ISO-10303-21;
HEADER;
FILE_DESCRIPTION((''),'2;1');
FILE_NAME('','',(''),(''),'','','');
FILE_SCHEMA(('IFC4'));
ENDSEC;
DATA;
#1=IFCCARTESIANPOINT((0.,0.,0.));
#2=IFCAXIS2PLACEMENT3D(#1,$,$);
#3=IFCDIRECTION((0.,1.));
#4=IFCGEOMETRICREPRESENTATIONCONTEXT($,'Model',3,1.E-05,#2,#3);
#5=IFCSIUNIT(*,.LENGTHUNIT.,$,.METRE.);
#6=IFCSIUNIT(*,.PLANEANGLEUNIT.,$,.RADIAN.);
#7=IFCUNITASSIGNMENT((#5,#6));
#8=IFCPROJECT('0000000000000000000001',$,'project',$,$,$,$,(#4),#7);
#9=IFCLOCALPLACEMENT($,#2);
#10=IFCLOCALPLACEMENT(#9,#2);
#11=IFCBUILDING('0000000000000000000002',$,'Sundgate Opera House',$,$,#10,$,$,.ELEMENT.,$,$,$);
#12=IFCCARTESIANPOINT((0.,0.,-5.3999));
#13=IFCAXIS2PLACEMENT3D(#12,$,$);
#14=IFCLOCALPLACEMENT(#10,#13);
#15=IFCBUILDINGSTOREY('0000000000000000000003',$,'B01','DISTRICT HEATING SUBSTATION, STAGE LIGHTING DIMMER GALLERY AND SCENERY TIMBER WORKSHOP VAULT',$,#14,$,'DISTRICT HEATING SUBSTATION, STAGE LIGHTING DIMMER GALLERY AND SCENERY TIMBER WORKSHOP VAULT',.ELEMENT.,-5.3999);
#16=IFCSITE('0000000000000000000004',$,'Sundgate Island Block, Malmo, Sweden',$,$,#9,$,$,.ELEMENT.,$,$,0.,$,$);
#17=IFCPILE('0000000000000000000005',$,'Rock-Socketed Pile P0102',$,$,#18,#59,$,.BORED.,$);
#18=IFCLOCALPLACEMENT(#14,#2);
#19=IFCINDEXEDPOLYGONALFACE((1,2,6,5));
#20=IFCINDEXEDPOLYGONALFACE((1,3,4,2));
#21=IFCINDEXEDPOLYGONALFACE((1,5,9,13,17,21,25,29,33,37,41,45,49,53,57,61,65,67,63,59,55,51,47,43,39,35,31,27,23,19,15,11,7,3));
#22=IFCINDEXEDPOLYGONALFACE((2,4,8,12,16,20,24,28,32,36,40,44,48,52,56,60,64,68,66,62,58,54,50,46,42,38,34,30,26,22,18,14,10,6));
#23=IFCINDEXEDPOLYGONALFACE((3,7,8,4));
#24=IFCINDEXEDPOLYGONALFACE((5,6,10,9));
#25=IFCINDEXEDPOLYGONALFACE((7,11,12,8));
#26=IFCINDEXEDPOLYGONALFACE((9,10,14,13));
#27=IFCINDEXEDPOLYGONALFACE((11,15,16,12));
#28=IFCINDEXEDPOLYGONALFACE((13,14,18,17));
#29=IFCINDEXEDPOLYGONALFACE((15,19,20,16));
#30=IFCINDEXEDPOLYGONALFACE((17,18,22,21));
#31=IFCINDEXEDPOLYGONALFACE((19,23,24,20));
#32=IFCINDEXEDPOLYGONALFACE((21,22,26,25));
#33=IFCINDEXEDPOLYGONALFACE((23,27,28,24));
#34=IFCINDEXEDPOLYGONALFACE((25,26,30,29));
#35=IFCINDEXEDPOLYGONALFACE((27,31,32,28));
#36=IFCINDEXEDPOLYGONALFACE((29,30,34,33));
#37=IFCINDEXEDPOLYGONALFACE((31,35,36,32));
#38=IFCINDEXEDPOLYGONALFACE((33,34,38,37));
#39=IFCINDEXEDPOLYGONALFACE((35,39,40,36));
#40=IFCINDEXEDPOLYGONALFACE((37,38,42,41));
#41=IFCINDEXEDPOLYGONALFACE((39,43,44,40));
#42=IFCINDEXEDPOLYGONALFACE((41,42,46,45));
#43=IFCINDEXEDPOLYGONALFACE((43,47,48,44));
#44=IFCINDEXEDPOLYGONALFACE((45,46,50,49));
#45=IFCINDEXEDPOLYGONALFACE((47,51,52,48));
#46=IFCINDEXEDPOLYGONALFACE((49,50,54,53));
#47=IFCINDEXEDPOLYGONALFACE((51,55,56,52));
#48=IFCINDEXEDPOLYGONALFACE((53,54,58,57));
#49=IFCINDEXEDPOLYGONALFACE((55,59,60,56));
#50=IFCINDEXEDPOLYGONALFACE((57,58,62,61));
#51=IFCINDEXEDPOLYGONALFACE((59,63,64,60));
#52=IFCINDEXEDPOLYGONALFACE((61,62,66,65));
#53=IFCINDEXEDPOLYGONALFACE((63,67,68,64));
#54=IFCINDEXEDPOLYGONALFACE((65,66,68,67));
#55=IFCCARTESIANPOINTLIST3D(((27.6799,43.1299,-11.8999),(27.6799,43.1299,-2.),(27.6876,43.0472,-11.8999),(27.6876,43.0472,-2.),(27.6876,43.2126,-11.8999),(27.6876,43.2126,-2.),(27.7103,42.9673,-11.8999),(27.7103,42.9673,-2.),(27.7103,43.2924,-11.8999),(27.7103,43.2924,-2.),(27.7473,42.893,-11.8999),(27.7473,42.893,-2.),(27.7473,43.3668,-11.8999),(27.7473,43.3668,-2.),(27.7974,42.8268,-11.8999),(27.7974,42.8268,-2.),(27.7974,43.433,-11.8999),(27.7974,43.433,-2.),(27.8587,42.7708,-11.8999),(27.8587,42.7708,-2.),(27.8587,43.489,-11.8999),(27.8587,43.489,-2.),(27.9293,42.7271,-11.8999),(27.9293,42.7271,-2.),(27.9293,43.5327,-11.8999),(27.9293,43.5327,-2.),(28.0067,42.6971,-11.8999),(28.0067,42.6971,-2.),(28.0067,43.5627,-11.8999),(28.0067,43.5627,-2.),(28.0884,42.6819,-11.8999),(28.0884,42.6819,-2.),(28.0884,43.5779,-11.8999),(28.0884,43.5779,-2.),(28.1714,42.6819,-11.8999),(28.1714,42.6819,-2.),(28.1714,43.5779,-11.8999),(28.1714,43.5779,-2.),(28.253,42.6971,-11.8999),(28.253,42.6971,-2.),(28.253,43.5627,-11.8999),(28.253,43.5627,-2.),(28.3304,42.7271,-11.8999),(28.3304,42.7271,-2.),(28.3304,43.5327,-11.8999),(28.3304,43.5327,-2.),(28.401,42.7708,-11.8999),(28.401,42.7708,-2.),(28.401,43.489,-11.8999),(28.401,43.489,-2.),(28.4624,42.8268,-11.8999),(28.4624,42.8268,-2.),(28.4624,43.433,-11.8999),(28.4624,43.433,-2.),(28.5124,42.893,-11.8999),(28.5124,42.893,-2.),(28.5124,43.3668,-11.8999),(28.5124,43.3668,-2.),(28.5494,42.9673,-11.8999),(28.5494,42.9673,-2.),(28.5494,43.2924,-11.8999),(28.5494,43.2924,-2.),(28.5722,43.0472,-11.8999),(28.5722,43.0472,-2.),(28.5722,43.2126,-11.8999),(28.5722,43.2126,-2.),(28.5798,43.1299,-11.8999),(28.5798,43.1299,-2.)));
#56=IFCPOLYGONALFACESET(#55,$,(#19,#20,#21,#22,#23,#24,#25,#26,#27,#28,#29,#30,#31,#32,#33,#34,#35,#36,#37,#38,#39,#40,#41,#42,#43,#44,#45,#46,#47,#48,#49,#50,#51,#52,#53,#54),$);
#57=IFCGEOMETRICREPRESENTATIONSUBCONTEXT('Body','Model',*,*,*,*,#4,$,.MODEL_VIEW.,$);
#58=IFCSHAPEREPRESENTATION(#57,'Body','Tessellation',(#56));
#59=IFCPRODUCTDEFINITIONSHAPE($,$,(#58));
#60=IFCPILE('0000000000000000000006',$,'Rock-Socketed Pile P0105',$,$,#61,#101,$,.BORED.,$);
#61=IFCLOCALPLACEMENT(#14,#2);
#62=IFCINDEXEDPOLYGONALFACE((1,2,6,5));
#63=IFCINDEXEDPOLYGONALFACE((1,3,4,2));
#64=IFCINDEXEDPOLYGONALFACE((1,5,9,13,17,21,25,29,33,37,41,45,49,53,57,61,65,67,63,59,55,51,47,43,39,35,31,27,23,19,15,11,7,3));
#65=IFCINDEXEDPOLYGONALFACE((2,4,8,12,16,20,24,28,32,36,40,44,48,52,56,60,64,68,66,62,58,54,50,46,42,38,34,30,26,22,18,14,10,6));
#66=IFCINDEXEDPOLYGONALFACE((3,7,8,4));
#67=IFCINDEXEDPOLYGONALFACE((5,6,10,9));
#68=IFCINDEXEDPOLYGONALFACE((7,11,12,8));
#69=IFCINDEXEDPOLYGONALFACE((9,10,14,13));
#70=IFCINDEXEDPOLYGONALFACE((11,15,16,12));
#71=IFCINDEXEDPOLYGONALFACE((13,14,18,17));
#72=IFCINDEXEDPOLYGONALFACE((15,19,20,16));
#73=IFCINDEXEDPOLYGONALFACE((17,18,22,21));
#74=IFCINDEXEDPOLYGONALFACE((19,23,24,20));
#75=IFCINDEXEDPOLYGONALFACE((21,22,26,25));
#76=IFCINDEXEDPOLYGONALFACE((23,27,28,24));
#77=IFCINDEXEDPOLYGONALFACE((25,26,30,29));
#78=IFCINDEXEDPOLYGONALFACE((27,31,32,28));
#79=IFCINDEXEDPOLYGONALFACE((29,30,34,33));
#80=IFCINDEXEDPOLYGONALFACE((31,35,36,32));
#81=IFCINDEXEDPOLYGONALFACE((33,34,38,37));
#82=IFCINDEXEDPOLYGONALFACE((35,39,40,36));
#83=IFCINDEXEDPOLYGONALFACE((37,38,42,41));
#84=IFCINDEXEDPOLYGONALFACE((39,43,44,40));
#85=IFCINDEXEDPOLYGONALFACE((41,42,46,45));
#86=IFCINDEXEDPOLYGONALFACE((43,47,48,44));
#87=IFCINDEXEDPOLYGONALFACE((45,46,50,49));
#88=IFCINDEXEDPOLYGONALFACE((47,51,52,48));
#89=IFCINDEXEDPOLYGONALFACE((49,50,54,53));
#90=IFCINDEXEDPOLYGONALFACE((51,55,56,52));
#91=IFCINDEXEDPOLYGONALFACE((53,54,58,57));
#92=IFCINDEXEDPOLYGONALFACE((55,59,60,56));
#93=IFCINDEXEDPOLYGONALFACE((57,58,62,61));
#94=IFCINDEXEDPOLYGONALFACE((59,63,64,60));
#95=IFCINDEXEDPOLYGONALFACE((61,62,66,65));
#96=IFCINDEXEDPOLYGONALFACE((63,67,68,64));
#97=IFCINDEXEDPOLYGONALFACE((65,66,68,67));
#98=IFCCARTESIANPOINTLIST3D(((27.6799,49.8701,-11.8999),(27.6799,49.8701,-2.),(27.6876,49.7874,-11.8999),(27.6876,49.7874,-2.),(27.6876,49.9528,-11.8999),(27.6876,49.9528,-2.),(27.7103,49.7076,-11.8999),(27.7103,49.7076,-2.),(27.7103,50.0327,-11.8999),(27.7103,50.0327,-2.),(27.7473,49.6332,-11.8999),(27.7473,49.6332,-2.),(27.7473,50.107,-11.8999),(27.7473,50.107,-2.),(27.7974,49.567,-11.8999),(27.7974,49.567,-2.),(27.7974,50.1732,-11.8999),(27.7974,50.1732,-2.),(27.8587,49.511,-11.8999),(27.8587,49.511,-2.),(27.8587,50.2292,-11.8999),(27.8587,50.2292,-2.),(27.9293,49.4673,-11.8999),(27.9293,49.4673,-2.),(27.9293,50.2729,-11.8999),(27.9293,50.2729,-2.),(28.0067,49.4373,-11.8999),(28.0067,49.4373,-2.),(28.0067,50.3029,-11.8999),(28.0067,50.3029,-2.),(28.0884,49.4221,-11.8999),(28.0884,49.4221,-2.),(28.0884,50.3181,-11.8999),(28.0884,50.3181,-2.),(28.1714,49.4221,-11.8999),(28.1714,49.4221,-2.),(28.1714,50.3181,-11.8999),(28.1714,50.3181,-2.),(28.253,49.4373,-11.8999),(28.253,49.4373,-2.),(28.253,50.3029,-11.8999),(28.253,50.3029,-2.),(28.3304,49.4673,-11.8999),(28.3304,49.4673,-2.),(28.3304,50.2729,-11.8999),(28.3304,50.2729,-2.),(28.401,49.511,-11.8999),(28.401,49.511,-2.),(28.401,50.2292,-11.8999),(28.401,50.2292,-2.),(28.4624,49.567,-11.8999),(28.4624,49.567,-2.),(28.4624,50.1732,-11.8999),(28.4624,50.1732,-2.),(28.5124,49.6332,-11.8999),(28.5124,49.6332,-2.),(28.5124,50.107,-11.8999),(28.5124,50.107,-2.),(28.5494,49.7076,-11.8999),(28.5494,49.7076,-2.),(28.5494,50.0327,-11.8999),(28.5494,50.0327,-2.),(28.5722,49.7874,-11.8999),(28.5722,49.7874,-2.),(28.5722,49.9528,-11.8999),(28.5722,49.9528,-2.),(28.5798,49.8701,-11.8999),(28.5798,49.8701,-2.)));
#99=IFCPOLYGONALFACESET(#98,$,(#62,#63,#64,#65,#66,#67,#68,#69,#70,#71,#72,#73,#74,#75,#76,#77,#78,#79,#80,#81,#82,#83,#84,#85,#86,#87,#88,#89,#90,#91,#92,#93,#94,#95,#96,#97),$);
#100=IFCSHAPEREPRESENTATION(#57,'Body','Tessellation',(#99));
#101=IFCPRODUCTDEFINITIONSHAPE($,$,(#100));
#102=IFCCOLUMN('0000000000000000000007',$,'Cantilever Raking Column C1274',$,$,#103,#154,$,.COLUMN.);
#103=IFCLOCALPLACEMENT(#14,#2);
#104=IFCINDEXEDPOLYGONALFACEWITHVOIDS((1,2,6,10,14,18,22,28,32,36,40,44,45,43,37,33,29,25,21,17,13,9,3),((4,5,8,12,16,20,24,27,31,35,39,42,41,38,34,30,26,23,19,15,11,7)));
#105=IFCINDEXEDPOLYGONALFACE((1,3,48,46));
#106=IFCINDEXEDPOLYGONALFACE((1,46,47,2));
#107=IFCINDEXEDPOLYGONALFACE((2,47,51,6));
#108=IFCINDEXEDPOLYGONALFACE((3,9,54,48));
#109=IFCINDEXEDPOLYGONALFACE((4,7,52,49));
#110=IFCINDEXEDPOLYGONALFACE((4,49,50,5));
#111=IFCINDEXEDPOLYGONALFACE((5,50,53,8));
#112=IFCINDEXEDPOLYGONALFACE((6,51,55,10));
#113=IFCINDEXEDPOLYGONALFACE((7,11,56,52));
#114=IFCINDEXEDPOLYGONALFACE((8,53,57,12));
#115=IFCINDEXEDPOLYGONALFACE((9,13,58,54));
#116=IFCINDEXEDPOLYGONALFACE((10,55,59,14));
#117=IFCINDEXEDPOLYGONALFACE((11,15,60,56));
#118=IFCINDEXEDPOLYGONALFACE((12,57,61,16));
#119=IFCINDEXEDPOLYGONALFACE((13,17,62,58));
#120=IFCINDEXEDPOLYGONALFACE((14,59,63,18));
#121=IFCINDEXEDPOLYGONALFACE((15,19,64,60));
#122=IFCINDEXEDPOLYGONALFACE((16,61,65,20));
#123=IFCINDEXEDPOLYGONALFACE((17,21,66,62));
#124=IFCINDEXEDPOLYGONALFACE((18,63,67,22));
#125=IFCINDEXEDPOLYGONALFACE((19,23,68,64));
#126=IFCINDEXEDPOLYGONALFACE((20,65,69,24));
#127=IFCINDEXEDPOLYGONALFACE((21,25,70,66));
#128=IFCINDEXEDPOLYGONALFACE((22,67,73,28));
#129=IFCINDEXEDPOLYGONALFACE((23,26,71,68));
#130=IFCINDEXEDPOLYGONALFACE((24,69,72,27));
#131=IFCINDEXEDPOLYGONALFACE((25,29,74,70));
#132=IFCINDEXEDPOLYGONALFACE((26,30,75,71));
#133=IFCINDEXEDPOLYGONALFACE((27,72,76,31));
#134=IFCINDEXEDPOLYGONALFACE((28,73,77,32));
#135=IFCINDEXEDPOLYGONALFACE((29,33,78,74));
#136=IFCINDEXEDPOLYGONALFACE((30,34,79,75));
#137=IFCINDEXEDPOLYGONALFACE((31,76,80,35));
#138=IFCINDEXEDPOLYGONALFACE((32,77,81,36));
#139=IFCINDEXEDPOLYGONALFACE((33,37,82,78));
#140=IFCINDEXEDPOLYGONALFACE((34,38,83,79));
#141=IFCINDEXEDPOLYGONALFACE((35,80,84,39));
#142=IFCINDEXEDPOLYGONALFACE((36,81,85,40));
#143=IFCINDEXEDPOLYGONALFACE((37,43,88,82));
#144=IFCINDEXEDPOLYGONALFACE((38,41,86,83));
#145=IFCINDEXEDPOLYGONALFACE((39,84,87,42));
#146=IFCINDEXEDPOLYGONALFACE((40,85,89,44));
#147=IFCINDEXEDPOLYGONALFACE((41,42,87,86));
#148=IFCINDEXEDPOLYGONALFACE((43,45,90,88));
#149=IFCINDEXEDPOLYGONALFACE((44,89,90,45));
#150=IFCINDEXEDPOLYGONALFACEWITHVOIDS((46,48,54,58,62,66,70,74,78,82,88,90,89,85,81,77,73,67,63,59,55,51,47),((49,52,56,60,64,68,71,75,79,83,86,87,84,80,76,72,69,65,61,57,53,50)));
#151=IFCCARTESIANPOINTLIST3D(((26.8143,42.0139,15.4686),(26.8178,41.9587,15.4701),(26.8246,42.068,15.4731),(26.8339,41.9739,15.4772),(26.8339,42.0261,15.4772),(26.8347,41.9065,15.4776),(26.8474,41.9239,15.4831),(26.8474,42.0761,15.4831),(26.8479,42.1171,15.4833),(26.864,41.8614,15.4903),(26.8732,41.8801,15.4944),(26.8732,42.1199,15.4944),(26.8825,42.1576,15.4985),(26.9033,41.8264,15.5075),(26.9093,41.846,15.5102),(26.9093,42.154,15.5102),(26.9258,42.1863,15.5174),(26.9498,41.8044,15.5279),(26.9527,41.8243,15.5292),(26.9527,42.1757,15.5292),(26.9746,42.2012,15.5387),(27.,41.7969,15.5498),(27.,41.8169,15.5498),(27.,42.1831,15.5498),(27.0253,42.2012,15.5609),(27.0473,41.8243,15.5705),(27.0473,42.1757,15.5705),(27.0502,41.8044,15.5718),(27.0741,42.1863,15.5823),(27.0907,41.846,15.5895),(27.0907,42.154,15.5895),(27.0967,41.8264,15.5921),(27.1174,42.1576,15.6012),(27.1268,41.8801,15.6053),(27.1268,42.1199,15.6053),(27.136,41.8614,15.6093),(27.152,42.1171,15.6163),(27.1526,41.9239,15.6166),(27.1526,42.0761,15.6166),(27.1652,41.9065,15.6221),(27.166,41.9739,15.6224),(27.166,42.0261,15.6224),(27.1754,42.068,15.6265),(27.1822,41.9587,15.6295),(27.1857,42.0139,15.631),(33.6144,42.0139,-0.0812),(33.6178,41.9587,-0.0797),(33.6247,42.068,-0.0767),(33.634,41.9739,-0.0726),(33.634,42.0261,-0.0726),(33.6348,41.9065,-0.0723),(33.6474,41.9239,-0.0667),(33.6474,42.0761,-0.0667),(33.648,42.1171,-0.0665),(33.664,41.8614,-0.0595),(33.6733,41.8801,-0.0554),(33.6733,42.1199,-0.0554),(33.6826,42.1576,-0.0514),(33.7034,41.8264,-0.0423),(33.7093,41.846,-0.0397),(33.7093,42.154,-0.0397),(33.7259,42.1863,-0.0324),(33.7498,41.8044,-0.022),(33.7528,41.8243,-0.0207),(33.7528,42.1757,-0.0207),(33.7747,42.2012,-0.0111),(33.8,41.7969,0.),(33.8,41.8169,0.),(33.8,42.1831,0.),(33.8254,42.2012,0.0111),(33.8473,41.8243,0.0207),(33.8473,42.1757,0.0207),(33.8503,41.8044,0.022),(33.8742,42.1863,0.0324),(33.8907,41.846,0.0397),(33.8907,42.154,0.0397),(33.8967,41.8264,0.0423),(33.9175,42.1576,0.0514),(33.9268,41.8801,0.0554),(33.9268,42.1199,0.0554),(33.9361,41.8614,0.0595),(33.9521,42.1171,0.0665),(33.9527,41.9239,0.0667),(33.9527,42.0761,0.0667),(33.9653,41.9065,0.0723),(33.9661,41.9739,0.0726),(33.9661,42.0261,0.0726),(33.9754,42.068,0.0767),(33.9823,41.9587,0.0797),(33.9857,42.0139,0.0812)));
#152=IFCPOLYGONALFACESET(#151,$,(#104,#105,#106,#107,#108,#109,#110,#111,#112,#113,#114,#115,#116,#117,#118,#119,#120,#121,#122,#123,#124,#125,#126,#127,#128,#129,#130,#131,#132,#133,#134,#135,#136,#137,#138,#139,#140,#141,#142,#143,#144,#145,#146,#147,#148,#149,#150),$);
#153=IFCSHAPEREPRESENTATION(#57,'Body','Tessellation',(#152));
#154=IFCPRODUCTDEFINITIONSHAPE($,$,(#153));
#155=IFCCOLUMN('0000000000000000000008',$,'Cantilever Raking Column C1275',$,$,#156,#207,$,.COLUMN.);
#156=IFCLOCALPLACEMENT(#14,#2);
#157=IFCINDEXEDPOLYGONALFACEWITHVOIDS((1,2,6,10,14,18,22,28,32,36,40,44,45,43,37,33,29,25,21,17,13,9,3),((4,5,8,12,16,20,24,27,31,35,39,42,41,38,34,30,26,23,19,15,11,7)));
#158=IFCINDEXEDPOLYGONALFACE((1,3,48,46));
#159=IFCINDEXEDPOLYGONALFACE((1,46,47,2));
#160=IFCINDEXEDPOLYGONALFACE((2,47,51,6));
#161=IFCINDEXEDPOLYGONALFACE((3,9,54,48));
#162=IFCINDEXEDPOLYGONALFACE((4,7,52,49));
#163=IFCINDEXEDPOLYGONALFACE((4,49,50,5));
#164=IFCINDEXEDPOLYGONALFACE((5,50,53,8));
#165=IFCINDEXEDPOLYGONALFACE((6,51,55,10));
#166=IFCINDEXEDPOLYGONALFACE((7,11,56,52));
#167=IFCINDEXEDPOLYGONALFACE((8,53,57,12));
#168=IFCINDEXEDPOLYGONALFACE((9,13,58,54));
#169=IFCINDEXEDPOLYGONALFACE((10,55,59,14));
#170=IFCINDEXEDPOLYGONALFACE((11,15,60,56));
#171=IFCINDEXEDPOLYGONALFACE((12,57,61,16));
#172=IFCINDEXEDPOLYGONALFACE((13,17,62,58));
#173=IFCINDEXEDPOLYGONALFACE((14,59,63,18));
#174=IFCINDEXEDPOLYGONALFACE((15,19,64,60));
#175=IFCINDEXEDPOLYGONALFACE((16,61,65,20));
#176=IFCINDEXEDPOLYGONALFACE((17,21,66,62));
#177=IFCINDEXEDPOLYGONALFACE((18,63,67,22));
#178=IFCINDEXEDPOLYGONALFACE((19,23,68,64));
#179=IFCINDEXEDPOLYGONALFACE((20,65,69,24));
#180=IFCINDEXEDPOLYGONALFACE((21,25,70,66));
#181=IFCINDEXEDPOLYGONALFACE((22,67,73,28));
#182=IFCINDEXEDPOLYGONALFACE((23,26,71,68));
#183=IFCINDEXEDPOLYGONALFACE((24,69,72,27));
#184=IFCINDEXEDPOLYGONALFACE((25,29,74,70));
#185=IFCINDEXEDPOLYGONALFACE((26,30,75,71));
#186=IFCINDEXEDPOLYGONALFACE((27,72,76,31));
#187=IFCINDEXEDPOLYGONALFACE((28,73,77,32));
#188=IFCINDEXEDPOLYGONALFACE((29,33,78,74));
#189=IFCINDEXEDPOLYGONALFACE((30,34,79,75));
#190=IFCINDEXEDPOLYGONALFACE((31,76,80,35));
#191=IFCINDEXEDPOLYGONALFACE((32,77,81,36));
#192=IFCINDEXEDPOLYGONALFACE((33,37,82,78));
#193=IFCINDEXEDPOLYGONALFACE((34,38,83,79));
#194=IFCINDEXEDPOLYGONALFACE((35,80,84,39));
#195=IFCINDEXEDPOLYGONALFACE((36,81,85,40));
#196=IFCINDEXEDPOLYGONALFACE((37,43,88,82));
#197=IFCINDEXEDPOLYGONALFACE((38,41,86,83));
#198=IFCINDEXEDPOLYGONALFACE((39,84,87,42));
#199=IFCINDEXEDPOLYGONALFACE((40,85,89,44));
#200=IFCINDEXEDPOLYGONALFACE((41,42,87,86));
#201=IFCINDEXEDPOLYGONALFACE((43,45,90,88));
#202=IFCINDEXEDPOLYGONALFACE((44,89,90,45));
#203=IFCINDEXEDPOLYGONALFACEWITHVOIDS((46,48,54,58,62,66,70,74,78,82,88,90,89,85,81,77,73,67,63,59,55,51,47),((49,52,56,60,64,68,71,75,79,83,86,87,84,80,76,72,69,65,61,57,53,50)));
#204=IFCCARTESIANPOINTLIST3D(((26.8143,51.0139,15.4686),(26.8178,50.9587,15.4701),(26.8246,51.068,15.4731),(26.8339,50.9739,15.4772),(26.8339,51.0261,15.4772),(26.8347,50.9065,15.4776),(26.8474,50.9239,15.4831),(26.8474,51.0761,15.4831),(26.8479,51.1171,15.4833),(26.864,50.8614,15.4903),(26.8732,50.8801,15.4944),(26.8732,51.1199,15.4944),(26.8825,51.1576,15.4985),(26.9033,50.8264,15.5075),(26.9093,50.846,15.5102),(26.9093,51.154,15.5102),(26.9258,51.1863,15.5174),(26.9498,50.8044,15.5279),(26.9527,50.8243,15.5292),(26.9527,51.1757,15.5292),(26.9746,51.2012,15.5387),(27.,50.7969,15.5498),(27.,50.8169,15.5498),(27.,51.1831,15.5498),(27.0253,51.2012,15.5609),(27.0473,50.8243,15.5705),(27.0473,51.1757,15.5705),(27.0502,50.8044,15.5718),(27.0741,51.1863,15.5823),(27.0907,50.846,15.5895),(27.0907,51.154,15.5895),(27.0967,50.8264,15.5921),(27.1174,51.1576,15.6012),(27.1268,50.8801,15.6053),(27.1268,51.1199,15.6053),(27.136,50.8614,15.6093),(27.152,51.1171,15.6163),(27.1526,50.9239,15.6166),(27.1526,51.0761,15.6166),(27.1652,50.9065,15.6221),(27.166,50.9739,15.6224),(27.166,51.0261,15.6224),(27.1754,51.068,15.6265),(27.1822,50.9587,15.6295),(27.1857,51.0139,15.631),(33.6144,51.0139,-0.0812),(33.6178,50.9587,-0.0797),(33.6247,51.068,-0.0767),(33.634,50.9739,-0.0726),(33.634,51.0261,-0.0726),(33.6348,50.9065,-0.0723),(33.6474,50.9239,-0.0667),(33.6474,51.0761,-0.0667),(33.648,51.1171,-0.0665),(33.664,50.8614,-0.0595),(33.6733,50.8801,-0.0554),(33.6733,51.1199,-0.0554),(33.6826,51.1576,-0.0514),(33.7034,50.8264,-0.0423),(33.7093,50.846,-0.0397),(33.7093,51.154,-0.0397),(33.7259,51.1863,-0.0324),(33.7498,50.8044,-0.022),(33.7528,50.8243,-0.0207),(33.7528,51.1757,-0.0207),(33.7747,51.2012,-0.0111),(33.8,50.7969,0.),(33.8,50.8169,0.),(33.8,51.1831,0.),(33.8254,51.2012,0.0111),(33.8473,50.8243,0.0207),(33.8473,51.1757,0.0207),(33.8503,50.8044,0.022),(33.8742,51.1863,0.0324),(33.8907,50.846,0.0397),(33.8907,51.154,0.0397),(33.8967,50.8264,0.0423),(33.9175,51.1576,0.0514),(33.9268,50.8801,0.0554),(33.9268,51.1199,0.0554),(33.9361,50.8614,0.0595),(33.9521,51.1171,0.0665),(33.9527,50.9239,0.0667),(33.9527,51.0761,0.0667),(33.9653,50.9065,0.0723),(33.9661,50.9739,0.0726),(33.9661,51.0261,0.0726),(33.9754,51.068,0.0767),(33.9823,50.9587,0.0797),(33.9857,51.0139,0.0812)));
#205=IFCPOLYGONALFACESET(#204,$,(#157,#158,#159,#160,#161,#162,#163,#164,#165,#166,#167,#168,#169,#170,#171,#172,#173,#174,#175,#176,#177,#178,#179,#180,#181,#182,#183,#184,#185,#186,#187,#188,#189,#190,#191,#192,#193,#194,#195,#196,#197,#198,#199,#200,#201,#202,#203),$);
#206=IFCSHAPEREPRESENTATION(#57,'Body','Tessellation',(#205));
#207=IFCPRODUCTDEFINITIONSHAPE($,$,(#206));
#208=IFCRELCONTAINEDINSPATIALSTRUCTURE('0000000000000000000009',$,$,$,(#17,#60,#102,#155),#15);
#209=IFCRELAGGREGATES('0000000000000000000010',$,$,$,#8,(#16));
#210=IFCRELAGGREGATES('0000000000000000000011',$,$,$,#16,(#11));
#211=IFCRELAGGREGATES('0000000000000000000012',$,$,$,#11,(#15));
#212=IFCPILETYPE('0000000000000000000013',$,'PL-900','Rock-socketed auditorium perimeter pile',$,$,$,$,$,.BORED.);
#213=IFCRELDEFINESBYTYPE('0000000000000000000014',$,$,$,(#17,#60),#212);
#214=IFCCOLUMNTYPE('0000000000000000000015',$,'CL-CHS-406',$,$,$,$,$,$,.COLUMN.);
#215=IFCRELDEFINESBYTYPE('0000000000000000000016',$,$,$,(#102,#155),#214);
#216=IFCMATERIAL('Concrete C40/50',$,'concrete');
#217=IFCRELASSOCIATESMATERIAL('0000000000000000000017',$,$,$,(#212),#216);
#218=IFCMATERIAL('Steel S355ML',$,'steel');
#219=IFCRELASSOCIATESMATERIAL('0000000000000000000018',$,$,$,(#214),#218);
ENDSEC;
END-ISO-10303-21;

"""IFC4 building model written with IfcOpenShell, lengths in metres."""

from ifc_helpers import new_model, si_unit, direction, frame, origin, origin_2d, place, context, subcontext, project, spatial, circle, hollow_circle, extrude, material, material_profile, profile_set, type_object, element, save


model = new_model("IFC4")

# Units and contexts
model_context = context("Model", 3, precision=1e-05, world=origin(), true_north=direction((0.0, 1.0)))
body_context = subcontext(model_context, "Body", "Model", "MODEL_VIEW")
ifc_project = project(units=[si_unit("LENGTHUNIT", "METRE"), si_unit("PLANEANGLEUNIT", "RADIAN")], contexts=[model_context])

# Site, building, storey
site_placement = place(None, origin())
site = spatial("IfcSite", under=ifc_project, at=site_placement, Name="Sundgate Island Block, Malmo, Sweden", CompositionType="ELEMENT", RefElevation=0.0)
building_placement = place(site_placement, origin())
building = spatial("IfcBuilding", under=site, at=building_placement, Name="Sundgate Opera House", CompositionType="ELEMENT")
storey_placement = place(building_placement, frame((0.0, 0.0, -5.3999)))
storey = spatial("IfcBuildingStorey", under=building, at=storey_placement, Name="B01", Description="DISTRICT HEATING SUBSTATION, STAGE LIGHTING DIMMER GALLERY AND SCENERY TIMBER WORKSHOP VAULT", LongName="DISTRICT HEATING SUBSTATION, STAGE LIGHTING DIMMER GALLERY AND SCENERY TIMBER WORKSHOP VAULT", CompositionType="ELEMENT", Elevation=-5.3999)

# Piles
ifc_material_1 = material(Name="Concrete C40/50", Category="concrete")
ifc_material_profile_1 = material_profile(ifc_material_1, circle(Radius=0.45, at=origin_2d()), Name="PILE D900")
ifc_profile_set_1 = profile_set([ifc_material_profile_1], Name="Concrete C40/50")
pile_type_1 = type_object("IfcPileType", Name="PL-900", Description="Rock-socketed auditorium perimeter pile", PredefinedType="BORED", material=ifc_profile_set_1)
for number, where, z_axis, x_axis, name in (
    (1, (28.1299, 43.1299, -2.0), (0.0, 0.0, -1.0), (1.0, 0.0, 0.0), "Rock-Socketed Pile P0102"),
    (2, (28.1299, 49.8701, -2.0), (0.0, 0.0, -1.0), (1.0, 0.0, 0.0), "Rock-Socketed Pile P0105"),
):
    element("IfcPile", number, at=place(storey_placement, frame(where, z_axis=z_axis, x_axis=x_axis)), inside=storey, type_object=pile_type_1, Name=name, PredefinedType="BORED", context=body_context, shape_type="SweptSolid", body=[
        extrude(circle(Radius=0.45, at=origin_2d()), origin(), (0.0, 0.0, 1.0), 9.8999),
    ])

# Columns
ifc_material_2 = material(Name="Steel S355ML", Category="steel")
ifc_material_profile_2 = material_profile(ifc_material_2, hollow_circle(Radius=0.2031, WallThickness=0.02, at=origin_2d()), Name="CHS 406.4x20.0")
ifc_profile_set_2 = profile_set([ifc_material_profile_2], Name="Steel S355ML")
column_type_1 = type_object("IfcColumnType", Name="CL-CHS-406", PredefinedType="COLUMN", material=ifc_profile_set_2)
for number, where, z_axis, x_axis, name in (
    (3, (33.8, 42.0, 0.0), (-0.400671, 0.0, 0.916222), (0.0, -1.0, 0.0), "Cantilever Raking Column C1274"),
    (4, (33.8, 51.0, 0.0), (-0.400671, 0.0, 0.916222), (0.0, -1.0, 0.0), "Cantilever Raking Column C1275"),
):
    element("IfcColumn", number, at=place(storey_placement, frame(where, z_axis=z_axis, x_axis=x_axis)), inside=storey, type_object=column_type_1, Name=name, PredefinedType="COLUMN", context=body_context, shape_type="SweptSolid", body=[
        extrude(hollow_circle(Radius=0.2031, WallThickness=0.02, at=origin_2d()), origin(), (0.0, 0.0, 1.0), 16.9717),
    ])

save(model, "model.ifc")
